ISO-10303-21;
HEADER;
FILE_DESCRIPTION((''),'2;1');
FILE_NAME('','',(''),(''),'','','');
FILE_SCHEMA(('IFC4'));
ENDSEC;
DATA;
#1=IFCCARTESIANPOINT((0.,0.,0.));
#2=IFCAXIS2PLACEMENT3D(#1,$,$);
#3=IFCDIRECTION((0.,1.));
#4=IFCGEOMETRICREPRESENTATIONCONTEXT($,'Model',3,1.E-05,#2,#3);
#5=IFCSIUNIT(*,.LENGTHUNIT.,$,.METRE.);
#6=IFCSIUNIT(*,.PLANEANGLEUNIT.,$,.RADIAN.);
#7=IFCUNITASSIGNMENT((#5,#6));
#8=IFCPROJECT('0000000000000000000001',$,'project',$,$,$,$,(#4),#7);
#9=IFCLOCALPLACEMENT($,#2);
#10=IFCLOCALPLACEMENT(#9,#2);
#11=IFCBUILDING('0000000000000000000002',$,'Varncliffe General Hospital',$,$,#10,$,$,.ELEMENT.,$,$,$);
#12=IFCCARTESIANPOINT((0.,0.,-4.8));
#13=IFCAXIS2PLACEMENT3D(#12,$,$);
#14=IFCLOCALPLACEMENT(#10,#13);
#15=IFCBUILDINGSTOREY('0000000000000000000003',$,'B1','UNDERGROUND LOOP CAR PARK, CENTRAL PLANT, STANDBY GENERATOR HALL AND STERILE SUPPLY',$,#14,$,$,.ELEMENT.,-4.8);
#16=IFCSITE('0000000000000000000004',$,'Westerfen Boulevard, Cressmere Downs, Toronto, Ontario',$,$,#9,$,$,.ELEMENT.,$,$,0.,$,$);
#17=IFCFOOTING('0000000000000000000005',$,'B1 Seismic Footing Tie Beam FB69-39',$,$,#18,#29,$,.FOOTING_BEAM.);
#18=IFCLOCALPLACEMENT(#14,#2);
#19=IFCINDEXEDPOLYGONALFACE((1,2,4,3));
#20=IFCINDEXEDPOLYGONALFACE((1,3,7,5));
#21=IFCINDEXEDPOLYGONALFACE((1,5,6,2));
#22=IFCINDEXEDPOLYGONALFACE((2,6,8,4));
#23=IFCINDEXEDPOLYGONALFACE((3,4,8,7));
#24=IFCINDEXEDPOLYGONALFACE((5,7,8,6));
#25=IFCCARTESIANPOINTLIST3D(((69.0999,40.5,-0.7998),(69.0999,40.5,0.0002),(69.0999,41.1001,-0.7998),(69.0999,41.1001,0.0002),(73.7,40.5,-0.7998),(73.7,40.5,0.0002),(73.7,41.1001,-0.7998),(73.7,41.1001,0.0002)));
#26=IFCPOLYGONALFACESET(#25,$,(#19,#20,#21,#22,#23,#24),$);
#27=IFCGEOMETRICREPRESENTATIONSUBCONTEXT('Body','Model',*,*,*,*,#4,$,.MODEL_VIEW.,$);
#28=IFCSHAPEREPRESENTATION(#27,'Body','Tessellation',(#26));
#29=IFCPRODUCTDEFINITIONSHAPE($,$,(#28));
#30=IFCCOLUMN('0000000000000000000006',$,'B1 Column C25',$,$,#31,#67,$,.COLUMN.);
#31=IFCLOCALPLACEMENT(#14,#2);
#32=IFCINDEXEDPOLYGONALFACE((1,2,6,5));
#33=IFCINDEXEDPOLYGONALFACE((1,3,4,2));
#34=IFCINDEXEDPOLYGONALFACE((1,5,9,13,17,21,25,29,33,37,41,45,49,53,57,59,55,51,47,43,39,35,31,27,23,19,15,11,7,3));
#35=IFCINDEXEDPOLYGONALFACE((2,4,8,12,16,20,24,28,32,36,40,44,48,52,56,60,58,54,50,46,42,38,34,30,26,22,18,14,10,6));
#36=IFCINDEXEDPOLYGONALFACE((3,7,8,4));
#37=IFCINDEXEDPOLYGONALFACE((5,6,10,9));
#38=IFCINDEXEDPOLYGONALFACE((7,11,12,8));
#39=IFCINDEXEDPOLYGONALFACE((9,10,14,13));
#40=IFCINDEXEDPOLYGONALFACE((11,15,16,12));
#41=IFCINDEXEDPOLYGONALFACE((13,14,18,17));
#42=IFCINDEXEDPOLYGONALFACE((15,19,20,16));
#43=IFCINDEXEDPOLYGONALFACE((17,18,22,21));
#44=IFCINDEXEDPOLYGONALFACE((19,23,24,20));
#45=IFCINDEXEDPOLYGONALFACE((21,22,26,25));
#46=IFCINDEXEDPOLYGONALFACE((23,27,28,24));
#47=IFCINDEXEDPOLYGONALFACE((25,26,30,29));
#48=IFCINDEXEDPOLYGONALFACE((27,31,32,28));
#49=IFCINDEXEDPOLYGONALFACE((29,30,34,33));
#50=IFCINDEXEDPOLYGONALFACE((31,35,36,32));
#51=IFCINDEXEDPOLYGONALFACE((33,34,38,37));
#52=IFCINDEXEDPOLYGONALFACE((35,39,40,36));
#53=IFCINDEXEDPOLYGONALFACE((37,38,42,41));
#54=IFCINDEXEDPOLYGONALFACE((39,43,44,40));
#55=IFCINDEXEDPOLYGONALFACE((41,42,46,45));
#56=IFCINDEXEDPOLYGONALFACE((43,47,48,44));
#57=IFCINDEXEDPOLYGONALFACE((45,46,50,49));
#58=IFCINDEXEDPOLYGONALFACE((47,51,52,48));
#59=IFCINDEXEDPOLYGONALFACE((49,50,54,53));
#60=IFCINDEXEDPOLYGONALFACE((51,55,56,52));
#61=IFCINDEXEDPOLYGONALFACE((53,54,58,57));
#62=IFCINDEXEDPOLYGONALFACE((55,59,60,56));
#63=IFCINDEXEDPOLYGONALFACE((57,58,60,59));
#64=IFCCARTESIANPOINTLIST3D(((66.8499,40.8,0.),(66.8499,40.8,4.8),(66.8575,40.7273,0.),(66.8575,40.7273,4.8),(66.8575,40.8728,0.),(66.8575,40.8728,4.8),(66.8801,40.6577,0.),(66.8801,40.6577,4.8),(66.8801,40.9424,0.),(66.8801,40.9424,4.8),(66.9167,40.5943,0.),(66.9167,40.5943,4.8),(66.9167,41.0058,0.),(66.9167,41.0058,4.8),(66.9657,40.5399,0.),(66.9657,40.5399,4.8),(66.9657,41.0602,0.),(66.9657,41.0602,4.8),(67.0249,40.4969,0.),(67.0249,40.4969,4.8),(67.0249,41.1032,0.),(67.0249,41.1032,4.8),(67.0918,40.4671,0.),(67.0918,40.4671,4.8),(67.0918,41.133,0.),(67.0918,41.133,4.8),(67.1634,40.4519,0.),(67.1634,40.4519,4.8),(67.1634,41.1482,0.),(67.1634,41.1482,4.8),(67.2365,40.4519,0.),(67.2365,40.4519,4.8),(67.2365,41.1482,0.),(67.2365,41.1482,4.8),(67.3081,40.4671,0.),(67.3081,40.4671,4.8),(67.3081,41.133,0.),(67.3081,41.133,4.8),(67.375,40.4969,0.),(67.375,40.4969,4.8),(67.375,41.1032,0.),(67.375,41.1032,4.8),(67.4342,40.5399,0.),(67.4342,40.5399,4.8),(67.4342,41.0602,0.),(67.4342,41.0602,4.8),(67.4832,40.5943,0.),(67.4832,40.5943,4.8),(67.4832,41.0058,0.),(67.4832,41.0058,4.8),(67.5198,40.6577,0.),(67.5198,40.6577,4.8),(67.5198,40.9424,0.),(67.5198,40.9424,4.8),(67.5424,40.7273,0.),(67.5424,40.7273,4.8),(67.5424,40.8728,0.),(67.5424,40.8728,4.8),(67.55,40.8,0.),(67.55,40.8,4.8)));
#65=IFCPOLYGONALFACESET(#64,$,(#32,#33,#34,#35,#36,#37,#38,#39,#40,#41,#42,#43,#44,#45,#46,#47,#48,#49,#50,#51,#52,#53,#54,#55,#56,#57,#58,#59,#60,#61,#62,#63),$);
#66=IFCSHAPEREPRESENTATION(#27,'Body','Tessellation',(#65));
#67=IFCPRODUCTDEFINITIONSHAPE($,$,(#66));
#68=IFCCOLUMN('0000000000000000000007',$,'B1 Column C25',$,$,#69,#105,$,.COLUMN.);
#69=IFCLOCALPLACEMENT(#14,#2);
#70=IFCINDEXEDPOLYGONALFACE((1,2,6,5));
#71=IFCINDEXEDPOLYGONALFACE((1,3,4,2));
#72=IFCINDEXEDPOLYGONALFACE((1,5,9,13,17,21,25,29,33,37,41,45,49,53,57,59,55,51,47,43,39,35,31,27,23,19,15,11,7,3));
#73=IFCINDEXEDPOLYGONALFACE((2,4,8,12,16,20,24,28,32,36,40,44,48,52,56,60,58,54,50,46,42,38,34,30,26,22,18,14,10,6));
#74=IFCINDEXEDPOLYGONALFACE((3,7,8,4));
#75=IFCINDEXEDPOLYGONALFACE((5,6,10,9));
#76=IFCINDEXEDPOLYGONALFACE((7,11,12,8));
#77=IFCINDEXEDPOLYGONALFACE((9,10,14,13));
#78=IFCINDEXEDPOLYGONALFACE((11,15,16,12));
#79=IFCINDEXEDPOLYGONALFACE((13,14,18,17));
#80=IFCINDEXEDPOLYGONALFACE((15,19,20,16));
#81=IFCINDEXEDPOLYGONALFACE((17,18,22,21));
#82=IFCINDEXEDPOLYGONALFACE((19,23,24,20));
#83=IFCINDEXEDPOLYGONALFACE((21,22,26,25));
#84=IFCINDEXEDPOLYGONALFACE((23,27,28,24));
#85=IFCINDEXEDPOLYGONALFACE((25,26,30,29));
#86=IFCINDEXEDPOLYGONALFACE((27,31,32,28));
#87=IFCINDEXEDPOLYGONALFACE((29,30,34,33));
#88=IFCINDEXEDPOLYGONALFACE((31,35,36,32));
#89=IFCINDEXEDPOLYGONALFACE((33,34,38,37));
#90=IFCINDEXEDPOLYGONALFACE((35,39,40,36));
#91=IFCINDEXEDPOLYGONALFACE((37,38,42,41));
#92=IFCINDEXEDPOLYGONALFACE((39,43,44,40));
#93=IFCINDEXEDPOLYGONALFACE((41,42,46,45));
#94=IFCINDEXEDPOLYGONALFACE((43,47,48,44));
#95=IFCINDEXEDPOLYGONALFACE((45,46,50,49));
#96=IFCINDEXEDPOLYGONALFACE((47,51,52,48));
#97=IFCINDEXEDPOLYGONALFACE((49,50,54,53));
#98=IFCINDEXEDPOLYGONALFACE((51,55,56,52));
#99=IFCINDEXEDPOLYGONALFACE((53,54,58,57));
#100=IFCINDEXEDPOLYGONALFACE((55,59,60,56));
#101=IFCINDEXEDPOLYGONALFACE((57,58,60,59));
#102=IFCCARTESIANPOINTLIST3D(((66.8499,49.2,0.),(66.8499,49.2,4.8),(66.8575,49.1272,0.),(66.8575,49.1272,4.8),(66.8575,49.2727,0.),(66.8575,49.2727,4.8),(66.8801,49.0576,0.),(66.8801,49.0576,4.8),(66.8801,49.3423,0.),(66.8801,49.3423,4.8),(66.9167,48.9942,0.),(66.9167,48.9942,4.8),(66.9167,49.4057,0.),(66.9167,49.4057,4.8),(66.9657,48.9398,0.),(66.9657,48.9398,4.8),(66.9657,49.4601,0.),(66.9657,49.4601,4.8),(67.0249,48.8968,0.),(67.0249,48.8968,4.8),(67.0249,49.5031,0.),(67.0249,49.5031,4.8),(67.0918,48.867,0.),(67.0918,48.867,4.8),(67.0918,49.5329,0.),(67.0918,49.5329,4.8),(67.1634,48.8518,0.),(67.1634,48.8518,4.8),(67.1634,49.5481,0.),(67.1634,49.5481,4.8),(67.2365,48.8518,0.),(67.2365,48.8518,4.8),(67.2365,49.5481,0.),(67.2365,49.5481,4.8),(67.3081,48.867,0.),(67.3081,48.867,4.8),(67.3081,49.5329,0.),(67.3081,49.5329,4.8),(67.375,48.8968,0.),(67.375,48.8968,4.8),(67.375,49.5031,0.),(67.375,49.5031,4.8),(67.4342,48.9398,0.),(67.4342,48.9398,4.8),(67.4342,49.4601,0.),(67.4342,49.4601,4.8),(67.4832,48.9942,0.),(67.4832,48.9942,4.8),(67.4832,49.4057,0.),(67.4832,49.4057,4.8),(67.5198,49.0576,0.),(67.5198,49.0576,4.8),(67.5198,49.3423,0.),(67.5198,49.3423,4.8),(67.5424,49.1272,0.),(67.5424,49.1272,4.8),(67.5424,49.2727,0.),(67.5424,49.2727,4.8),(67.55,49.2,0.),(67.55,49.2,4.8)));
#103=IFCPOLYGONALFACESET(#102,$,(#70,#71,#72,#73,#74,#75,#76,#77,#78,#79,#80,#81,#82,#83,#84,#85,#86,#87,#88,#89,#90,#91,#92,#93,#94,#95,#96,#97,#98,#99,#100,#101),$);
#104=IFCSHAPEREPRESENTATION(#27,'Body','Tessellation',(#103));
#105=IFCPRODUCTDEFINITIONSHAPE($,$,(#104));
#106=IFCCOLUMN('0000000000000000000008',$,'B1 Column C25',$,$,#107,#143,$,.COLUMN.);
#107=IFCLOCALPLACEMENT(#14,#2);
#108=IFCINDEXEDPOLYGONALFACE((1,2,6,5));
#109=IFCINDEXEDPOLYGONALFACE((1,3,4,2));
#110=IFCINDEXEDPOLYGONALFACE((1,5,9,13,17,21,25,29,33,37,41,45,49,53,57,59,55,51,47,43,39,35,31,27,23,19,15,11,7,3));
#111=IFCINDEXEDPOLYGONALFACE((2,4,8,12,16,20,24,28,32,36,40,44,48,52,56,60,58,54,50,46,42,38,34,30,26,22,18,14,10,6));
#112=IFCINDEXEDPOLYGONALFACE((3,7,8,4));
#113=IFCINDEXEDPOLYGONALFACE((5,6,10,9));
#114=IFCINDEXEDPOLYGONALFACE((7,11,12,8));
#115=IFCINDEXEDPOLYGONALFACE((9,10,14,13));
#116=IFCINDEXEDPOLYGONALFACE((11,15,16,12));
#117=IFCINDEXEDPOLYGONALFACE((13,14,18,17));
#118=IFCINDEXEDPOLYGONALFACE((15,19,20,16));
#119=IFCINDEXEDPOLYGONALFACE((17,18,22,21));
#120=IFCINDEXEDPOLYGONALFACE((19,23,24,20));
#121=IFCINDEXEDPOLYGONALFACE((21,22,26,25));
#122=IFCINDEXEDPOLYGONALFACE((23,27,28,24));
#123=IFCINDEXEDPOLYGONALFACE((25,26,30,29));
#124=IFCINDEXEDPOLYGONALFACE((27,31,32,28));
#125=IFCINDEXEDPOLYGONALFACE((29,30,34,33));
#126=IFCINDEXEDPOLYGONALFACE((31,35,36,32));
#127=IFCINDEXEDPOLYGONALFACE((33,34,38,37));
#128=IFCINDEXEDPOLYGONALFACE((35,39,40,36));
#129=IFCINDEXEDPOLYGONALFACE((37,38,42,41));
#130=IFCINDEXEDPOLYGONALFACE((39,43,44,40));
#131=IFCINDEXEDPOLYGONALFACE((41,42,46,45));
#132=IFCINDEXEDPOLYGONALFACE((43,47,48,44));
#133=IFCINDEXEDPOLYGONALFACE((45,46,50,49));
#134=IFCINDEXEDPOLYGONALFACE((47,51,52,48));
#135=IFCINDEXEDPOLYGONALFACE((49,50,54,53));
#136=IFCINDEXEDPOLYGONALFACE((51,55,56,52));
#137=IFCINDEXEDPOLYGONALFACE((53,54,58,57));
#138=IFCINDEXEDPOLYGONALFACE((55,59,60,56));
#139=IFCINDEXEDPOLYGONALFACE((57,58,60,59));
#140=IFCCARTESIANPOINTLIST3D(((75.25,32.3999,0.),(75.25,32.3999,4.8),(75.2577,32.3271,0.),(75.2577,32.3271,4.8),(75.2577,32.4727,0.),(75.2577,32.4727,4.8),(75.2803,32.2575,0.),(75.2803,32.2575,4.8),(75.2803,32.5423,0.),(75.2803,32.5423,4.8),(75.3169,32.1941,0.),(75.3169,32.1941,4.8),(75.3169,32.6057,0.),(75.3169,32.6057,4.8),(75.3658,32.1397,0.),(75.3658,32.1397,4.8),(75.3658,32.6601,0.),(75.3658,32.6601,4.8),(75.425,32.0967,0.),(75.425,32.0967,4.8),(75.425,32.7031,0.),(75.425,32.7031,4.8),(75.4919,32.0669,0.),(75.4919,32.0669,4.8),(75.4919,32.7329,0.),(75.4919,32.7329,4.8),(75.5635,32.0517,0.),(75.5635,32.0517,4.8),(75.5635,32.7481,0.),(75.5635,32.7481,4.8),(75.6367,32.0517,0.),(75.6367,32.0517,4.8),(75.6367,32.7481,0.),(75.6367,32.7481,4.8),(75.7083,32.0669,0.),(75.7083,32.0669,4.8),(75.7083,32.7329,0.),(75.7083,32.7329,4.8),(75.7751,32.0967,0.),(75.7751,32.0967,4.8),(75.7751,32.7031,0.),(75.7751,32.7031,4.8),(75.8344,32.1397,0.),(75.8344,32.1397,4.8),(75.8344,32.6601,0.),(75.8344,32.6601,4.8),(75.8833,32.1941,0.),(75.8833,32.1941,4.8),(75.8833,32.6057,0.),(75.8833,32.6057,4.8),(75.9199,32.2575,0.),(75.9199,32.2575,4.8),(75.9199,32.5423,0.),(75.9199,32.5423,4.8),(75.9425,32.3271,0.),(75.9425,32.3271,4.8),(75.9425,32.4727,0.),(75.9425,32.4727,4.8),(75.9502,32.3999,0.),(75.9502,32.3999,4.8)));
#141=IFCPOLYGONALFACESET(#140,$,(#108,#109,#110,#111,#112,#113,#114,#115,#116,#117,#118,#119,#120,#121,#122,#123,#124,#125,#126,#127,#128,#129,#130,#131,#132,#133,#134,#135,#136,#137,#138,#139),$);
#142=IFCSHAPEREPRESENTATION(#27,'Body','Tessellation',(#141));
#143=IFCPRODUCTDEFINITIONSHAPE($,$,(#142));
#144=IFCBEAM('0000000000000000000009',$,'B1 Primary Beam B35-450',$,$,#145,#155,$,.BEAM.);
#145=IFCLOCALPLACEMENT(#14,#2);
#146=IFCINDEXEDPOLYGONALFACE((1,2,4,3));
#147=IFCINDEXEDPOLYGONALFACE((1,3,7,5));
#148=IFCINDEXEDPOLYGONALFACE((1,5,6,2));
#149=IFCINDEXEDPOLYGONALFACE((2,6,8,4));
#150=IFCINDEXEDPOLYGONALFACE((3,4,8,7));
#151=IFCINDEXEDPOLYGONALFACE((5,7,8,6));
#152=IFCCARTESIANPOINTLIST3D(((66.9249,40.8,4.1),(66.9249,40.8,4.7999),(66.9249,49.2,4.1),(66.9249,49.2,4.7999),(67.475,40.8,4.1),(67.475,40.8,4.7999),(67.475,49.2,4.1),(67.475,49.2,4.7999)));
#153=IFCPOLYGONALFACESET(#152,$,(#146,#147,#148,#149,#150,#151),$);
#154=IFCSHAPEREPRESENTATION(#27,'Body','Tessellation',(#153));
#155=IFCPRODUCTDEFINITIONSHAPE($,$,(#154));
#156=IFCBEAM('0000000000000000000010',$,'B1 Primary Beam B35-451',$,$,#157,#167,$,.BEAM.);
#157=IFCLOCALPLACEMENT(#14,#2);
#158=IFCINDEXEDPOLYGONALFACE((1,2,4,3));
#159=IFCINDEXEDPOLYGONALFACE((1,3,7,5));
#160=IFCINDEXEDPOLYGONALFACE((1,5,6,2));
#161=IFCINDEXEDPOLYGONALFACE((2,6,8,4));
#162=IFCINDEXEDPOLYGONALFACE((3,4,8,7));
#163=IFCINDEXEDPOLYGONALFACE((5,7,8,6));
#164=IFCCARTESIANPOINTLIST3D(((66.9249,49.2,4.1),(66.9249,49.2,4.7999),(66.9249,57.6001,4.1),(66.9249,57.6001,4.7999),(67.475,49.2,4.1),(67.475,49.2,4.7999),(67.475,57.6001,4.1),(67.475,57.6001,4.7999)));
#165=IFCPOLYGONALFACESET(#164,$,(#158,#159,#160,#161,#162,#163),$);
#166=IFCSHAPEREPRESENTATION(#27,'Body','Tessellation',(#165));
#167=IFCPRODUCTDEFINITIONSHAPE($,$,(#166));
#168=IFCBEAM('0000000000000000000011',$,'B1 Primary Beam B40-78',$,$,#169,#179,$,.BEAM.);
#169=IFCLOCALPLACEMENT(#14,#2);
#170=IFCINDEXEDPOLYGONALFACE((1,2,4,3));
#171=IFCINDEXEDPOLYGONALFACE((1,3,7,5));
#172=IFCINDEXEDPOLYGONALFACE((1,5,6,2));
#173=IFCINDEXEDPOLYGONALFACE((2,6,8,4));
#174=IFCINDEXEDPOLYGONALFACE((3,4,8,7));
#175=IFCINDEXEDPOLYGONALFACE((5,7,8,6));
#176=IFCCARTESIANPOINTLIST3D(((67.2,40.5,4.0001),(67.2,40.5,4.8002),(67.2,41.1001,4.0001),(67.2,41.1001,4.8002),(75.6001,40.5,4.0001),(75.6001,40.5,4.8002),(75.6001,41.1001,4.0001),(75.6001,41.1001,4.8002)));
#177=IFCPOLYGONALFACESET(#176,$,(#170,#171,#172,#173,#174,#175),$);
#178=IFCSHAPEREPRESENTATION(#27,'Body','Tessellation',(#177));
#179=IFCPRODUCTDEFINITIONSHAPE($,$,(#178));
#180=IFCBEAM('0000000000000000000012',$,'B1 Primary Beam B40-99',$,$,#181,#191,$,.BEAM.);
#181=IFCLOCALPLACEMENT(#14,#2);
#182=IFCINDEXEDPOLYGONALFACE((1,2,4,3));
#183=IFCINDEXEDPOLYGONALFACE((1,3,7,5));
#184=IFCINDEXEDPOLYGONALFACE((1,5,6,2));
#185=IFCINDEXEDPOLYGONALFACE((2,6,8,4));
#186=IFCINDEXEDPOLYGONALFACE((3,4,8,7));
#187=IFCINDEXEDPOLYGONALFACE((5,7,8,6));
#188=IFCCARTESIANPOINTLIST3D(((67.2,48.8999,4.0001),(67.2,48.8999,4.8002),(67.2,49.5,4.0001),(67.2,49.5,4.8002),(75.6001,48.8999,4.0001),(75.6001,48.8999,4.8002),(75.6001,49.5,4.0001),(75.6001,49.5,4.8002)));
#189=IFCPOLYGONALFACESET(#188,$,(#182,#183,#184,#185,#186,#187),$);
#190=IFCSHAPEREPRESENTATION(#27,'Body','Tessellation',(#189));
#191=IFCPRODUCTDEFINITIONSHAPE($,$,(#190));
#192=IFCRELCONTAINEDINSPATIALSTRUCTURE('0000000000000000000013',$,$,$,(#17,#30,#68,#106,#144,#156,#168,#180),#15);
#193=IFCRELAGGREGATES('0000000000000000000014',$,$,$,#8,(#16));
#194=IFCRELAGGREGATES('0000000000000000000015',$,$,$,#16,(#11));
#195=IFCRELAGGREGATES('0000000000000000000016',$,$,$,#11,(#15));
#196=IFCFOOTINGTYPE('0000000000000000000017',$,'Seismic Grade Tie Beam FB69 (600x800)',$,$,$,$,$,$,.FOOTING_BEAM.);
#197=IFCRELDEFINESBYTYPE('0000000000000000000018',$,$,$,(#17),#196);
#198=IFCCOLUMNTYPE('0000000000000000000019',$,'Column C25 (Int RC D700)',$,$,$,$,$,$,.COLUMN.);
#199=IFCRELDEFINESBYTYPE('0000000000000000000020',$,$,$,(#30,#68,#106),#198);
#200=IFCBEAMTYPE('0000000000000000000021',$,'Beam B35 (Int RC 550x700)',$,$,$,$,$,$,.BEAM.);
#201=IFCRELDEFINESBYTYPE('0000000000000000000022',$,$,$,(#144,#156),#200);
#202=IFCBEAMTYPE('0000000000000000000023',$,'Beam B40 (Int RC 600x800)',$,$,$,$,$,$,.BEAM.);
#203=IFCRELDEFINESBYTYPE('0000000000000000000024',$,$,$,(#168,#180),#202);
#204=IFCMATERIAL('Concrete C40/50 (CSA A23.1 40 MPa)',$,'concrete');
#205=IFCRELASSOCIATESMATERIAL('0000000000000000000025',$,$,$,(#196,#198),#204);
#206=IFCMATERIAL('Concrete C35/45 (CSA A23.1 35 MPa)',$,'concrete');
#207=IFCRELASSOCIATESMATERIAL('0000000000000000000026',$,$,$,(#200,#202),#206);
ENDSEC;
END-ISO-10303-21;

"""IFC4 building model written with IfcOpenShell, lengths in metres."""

from ifc_helpers import new_model, si_unit, direction, frame, origin, origin_2d, place, context, subcontext, project, spatial, rectangle, circle, extrude, material, material_profile, profile_set, type_object, element, save


model = new_model("IFC4")

# Units and contexts
model_context = context("Model", 3, precision=1e-05, world=origin(), true_north=direction((0.0, 1.0)))
body_context = subcontext(model_context, "Body", "Model", "MODEL_VIEW")
ifc_project = project(units=[si_unit("LENGTHUNIT", "METRE"), si_unit("PLANEANGLEUNIT", "RADIAN")], contexts=[model_context])

# Site, building, storey
site_placement = place(None, origin())
site = spatial("IfcSite", under=ifc_project, at=site_placement, Name="Westerfen Boulevard, Cressmere Downs, Toronto, Ontario", CompositionType="ELEMENT", RefElevation=0.0)
building_placement = place(site_placement, origin())
building = spatial("IfcBuilding", under=site, at=building_placement, Name="Varncliffe General Hospital", CompositionType="ELEMENT")
storey_placement = place(building_placement, frame((0.0, 0.0, -4.8)))
storey = spatial("IfcBuildingStorey", under=building, at=storey_placement, Name="B1", Description="UNDERGROUND LOOP CAR PARK, CENTRAL PLANT, STANDBY GENERATOR HALL AND STERILE SUPPLY", CompositionType="ELEMENT", Elevation=-4.8)

# Shared definitions
ifc_material_1 = material(Name="Concrete C40/50 (CSA A23.1 40 MPa)", Category="concrete")

# Footing
footing_type_1 = type_object("IfcFootingType", Name="Seismic Grade Tie Beam FB69 (600x800)", PredefinedType="FOOTING_BEAM", material=ifc_material_1)
for number, where, z_axis, x_axis, name in (
    (1, (71.3999, 40.8, -0.7998), (0.0, 0.0, 1.0), (1.0, 0.0, 0.0), "B1 Seismic Footing Tie Beam FB69-39"),
):
    element("IfcFooting", number, at=place(storey_placement, frame(where, z_axis=z_axis, x_axis=x_axis)), inside=storey, type_object=footing_type_1, Name=name, PredefinedType="FOOTING_BEAM", context=body_context, shape_type="SweptSolid", body=[
        extrude(rectangle(XDim=4.6001, YDim=0.6001, at=origin_2d()), origin(), (0.0, 0.0, 1.0), 0.8),
    ])

# Columns
ifc_material_profile_1 = material_profile(ifc_material_1, circle(Radius=0.3501, at=origin_2d()), Name="RC D700")
ifc_profile_set_1 = profile_set([ifc_material_profile_1], Name="Concrete C40/50 (CSA A23.1 40 MPa)")
column_type = type_object("IfcColumnType", Name="Column C25 (Int RC D700)", PredefinedType="COLUMN", material=ifc_profile_set_1)
for number, where, z_axis, x_axis, name in (
    (2, (67.2, 40.8, 0.0), (0.0, 0.0, 1.0), (1.0, 0.0, 0.0), "B1 Column C25"),
    (3, (67.2, 49.2, 0.0), (0.0, 0.0, 1.0), (1.0, 0.0, 0.0), "B1 Column C25"),
    (4, (75.6001, 32.3999, 0.0), (0.0, 0.0, 1.0), (1.0, 0.0, 0.0), "B1 Column C25"),
):
    element("IfcColumn", number, at=place(storey_placement, frame(where, z_axis=z_axis, x_axis=x_axis)), inside=storey, type_object=column_type, Name=name, PredefinedType="COLUMN", context=body_context, shape_type="SweptSolid", body=[
        extrude(circle(Radius=0.3501, at=origin_2d()), origin(), (0.0, 0.0, 1.0), 4.8),
    ])

# Beams
ifc_material_2 = material(Name="Concrete C35/45 (CSA A23.1 35 MPa)", Category="concrete")
ifc_material_profile_2 = material_profile(ifc_material_2, rectangle(XDim=0.55, YDim=0.7, at=origin_2d()), Name="RC 550x700")
ifc_profile_set_2 = profile_set([ifc_material_profile_2], Name="Concrete C35/45 (CSA A23.1 35 MPa)")
beam_type_1 = type_object("IfcBeamType", Name="Beam B35 (Int RC 550x700)", PredefinedType="BEAM", material=ifc_profile_set_2)
beam_1_placement = place(storey_placement, frame((67.2, 40.8, 4.45), z_axis=(0.0, 1.0, 0.0), x_axis=(-1.0, 0.0, 0.0)))
element("IfcBeam", 5, at=beam_1_placement, inside=storey, type_object=beam_type_1, Name="B1 Primary Beam B35-450", PredefinedType="BEAM", context=body_context, shape_type="SweptSolid", body=[
    extrude(rectangle(XDim=0.55, YDim=0.7, at=origin_2d()), origin(), (0.0, 0.0, 1.0), 8.3999),
])
beam_2_placement = place(storey_placement, frame((67.2, 49.2, 4.45), z_axis=(0.0, 1.0, 0.0), x_axis=(-1.0, 0.0, 0.0)))
element("IfcBeam", 6, at=beam_2_placement, inside=storey, type_object=beam_type_1, Name="B1 Primary Beam B35-451", PredefinedType="BEAM", context=body_context, shape_type="SweptSolid", body=[
    extrude(rectangle(XDim=0.55, YDim=0.7, at=origin_2d()), origin(), (0.0, 0.0, 1.0), 8.4001),
])
ifc_material_profile_3 = material_profile(ifc_material_2, rectangle(XDim=0.6001, YDim=0.8, at=origin_2d()), Name="RC 600x800")
ifc_profile_set_3 = profile_set([ifc_material_profile_3], Name="Concrete C35/45 (CSA A23.1 35 MPa)")
beam_type_2 = type_object("IfcBeamType", Name="Beam B40 (Int RC 600x800)", PredefinedType="BEAM", material=ifc_profile_set_3)
for number, where, z_axis, x_axis, name in (
    (7, (67.2, 40.8, 4.4001), (1.0, 0.0, 0.0), (0.0, 1.0, 0.0), "B1 Primary Beam B40-78"),
    (8, (67.2, 49.2, 4.4001), (1.0, 0.0, 0.0), (0.0, 1.0, 0.0), "B1 Primary Beam B40-99"),
):
    element("IfcBeam", number, at=place(storey_placement, frame(where, z_axis=z_axis, x_axis=x_axis)), inside=storey, type_object=beam_type_2, Name=name, PredefinedType="BEAM", context=body_context, shape_type="SweptSolid", body=[
        extrude(rectangle(XDim=0.6001, YDim=0.8, at=origin_2d()), origin(), (0.0, 0.0, 1.0), 8.4001),
    ])

save(model, "model.ifc")
